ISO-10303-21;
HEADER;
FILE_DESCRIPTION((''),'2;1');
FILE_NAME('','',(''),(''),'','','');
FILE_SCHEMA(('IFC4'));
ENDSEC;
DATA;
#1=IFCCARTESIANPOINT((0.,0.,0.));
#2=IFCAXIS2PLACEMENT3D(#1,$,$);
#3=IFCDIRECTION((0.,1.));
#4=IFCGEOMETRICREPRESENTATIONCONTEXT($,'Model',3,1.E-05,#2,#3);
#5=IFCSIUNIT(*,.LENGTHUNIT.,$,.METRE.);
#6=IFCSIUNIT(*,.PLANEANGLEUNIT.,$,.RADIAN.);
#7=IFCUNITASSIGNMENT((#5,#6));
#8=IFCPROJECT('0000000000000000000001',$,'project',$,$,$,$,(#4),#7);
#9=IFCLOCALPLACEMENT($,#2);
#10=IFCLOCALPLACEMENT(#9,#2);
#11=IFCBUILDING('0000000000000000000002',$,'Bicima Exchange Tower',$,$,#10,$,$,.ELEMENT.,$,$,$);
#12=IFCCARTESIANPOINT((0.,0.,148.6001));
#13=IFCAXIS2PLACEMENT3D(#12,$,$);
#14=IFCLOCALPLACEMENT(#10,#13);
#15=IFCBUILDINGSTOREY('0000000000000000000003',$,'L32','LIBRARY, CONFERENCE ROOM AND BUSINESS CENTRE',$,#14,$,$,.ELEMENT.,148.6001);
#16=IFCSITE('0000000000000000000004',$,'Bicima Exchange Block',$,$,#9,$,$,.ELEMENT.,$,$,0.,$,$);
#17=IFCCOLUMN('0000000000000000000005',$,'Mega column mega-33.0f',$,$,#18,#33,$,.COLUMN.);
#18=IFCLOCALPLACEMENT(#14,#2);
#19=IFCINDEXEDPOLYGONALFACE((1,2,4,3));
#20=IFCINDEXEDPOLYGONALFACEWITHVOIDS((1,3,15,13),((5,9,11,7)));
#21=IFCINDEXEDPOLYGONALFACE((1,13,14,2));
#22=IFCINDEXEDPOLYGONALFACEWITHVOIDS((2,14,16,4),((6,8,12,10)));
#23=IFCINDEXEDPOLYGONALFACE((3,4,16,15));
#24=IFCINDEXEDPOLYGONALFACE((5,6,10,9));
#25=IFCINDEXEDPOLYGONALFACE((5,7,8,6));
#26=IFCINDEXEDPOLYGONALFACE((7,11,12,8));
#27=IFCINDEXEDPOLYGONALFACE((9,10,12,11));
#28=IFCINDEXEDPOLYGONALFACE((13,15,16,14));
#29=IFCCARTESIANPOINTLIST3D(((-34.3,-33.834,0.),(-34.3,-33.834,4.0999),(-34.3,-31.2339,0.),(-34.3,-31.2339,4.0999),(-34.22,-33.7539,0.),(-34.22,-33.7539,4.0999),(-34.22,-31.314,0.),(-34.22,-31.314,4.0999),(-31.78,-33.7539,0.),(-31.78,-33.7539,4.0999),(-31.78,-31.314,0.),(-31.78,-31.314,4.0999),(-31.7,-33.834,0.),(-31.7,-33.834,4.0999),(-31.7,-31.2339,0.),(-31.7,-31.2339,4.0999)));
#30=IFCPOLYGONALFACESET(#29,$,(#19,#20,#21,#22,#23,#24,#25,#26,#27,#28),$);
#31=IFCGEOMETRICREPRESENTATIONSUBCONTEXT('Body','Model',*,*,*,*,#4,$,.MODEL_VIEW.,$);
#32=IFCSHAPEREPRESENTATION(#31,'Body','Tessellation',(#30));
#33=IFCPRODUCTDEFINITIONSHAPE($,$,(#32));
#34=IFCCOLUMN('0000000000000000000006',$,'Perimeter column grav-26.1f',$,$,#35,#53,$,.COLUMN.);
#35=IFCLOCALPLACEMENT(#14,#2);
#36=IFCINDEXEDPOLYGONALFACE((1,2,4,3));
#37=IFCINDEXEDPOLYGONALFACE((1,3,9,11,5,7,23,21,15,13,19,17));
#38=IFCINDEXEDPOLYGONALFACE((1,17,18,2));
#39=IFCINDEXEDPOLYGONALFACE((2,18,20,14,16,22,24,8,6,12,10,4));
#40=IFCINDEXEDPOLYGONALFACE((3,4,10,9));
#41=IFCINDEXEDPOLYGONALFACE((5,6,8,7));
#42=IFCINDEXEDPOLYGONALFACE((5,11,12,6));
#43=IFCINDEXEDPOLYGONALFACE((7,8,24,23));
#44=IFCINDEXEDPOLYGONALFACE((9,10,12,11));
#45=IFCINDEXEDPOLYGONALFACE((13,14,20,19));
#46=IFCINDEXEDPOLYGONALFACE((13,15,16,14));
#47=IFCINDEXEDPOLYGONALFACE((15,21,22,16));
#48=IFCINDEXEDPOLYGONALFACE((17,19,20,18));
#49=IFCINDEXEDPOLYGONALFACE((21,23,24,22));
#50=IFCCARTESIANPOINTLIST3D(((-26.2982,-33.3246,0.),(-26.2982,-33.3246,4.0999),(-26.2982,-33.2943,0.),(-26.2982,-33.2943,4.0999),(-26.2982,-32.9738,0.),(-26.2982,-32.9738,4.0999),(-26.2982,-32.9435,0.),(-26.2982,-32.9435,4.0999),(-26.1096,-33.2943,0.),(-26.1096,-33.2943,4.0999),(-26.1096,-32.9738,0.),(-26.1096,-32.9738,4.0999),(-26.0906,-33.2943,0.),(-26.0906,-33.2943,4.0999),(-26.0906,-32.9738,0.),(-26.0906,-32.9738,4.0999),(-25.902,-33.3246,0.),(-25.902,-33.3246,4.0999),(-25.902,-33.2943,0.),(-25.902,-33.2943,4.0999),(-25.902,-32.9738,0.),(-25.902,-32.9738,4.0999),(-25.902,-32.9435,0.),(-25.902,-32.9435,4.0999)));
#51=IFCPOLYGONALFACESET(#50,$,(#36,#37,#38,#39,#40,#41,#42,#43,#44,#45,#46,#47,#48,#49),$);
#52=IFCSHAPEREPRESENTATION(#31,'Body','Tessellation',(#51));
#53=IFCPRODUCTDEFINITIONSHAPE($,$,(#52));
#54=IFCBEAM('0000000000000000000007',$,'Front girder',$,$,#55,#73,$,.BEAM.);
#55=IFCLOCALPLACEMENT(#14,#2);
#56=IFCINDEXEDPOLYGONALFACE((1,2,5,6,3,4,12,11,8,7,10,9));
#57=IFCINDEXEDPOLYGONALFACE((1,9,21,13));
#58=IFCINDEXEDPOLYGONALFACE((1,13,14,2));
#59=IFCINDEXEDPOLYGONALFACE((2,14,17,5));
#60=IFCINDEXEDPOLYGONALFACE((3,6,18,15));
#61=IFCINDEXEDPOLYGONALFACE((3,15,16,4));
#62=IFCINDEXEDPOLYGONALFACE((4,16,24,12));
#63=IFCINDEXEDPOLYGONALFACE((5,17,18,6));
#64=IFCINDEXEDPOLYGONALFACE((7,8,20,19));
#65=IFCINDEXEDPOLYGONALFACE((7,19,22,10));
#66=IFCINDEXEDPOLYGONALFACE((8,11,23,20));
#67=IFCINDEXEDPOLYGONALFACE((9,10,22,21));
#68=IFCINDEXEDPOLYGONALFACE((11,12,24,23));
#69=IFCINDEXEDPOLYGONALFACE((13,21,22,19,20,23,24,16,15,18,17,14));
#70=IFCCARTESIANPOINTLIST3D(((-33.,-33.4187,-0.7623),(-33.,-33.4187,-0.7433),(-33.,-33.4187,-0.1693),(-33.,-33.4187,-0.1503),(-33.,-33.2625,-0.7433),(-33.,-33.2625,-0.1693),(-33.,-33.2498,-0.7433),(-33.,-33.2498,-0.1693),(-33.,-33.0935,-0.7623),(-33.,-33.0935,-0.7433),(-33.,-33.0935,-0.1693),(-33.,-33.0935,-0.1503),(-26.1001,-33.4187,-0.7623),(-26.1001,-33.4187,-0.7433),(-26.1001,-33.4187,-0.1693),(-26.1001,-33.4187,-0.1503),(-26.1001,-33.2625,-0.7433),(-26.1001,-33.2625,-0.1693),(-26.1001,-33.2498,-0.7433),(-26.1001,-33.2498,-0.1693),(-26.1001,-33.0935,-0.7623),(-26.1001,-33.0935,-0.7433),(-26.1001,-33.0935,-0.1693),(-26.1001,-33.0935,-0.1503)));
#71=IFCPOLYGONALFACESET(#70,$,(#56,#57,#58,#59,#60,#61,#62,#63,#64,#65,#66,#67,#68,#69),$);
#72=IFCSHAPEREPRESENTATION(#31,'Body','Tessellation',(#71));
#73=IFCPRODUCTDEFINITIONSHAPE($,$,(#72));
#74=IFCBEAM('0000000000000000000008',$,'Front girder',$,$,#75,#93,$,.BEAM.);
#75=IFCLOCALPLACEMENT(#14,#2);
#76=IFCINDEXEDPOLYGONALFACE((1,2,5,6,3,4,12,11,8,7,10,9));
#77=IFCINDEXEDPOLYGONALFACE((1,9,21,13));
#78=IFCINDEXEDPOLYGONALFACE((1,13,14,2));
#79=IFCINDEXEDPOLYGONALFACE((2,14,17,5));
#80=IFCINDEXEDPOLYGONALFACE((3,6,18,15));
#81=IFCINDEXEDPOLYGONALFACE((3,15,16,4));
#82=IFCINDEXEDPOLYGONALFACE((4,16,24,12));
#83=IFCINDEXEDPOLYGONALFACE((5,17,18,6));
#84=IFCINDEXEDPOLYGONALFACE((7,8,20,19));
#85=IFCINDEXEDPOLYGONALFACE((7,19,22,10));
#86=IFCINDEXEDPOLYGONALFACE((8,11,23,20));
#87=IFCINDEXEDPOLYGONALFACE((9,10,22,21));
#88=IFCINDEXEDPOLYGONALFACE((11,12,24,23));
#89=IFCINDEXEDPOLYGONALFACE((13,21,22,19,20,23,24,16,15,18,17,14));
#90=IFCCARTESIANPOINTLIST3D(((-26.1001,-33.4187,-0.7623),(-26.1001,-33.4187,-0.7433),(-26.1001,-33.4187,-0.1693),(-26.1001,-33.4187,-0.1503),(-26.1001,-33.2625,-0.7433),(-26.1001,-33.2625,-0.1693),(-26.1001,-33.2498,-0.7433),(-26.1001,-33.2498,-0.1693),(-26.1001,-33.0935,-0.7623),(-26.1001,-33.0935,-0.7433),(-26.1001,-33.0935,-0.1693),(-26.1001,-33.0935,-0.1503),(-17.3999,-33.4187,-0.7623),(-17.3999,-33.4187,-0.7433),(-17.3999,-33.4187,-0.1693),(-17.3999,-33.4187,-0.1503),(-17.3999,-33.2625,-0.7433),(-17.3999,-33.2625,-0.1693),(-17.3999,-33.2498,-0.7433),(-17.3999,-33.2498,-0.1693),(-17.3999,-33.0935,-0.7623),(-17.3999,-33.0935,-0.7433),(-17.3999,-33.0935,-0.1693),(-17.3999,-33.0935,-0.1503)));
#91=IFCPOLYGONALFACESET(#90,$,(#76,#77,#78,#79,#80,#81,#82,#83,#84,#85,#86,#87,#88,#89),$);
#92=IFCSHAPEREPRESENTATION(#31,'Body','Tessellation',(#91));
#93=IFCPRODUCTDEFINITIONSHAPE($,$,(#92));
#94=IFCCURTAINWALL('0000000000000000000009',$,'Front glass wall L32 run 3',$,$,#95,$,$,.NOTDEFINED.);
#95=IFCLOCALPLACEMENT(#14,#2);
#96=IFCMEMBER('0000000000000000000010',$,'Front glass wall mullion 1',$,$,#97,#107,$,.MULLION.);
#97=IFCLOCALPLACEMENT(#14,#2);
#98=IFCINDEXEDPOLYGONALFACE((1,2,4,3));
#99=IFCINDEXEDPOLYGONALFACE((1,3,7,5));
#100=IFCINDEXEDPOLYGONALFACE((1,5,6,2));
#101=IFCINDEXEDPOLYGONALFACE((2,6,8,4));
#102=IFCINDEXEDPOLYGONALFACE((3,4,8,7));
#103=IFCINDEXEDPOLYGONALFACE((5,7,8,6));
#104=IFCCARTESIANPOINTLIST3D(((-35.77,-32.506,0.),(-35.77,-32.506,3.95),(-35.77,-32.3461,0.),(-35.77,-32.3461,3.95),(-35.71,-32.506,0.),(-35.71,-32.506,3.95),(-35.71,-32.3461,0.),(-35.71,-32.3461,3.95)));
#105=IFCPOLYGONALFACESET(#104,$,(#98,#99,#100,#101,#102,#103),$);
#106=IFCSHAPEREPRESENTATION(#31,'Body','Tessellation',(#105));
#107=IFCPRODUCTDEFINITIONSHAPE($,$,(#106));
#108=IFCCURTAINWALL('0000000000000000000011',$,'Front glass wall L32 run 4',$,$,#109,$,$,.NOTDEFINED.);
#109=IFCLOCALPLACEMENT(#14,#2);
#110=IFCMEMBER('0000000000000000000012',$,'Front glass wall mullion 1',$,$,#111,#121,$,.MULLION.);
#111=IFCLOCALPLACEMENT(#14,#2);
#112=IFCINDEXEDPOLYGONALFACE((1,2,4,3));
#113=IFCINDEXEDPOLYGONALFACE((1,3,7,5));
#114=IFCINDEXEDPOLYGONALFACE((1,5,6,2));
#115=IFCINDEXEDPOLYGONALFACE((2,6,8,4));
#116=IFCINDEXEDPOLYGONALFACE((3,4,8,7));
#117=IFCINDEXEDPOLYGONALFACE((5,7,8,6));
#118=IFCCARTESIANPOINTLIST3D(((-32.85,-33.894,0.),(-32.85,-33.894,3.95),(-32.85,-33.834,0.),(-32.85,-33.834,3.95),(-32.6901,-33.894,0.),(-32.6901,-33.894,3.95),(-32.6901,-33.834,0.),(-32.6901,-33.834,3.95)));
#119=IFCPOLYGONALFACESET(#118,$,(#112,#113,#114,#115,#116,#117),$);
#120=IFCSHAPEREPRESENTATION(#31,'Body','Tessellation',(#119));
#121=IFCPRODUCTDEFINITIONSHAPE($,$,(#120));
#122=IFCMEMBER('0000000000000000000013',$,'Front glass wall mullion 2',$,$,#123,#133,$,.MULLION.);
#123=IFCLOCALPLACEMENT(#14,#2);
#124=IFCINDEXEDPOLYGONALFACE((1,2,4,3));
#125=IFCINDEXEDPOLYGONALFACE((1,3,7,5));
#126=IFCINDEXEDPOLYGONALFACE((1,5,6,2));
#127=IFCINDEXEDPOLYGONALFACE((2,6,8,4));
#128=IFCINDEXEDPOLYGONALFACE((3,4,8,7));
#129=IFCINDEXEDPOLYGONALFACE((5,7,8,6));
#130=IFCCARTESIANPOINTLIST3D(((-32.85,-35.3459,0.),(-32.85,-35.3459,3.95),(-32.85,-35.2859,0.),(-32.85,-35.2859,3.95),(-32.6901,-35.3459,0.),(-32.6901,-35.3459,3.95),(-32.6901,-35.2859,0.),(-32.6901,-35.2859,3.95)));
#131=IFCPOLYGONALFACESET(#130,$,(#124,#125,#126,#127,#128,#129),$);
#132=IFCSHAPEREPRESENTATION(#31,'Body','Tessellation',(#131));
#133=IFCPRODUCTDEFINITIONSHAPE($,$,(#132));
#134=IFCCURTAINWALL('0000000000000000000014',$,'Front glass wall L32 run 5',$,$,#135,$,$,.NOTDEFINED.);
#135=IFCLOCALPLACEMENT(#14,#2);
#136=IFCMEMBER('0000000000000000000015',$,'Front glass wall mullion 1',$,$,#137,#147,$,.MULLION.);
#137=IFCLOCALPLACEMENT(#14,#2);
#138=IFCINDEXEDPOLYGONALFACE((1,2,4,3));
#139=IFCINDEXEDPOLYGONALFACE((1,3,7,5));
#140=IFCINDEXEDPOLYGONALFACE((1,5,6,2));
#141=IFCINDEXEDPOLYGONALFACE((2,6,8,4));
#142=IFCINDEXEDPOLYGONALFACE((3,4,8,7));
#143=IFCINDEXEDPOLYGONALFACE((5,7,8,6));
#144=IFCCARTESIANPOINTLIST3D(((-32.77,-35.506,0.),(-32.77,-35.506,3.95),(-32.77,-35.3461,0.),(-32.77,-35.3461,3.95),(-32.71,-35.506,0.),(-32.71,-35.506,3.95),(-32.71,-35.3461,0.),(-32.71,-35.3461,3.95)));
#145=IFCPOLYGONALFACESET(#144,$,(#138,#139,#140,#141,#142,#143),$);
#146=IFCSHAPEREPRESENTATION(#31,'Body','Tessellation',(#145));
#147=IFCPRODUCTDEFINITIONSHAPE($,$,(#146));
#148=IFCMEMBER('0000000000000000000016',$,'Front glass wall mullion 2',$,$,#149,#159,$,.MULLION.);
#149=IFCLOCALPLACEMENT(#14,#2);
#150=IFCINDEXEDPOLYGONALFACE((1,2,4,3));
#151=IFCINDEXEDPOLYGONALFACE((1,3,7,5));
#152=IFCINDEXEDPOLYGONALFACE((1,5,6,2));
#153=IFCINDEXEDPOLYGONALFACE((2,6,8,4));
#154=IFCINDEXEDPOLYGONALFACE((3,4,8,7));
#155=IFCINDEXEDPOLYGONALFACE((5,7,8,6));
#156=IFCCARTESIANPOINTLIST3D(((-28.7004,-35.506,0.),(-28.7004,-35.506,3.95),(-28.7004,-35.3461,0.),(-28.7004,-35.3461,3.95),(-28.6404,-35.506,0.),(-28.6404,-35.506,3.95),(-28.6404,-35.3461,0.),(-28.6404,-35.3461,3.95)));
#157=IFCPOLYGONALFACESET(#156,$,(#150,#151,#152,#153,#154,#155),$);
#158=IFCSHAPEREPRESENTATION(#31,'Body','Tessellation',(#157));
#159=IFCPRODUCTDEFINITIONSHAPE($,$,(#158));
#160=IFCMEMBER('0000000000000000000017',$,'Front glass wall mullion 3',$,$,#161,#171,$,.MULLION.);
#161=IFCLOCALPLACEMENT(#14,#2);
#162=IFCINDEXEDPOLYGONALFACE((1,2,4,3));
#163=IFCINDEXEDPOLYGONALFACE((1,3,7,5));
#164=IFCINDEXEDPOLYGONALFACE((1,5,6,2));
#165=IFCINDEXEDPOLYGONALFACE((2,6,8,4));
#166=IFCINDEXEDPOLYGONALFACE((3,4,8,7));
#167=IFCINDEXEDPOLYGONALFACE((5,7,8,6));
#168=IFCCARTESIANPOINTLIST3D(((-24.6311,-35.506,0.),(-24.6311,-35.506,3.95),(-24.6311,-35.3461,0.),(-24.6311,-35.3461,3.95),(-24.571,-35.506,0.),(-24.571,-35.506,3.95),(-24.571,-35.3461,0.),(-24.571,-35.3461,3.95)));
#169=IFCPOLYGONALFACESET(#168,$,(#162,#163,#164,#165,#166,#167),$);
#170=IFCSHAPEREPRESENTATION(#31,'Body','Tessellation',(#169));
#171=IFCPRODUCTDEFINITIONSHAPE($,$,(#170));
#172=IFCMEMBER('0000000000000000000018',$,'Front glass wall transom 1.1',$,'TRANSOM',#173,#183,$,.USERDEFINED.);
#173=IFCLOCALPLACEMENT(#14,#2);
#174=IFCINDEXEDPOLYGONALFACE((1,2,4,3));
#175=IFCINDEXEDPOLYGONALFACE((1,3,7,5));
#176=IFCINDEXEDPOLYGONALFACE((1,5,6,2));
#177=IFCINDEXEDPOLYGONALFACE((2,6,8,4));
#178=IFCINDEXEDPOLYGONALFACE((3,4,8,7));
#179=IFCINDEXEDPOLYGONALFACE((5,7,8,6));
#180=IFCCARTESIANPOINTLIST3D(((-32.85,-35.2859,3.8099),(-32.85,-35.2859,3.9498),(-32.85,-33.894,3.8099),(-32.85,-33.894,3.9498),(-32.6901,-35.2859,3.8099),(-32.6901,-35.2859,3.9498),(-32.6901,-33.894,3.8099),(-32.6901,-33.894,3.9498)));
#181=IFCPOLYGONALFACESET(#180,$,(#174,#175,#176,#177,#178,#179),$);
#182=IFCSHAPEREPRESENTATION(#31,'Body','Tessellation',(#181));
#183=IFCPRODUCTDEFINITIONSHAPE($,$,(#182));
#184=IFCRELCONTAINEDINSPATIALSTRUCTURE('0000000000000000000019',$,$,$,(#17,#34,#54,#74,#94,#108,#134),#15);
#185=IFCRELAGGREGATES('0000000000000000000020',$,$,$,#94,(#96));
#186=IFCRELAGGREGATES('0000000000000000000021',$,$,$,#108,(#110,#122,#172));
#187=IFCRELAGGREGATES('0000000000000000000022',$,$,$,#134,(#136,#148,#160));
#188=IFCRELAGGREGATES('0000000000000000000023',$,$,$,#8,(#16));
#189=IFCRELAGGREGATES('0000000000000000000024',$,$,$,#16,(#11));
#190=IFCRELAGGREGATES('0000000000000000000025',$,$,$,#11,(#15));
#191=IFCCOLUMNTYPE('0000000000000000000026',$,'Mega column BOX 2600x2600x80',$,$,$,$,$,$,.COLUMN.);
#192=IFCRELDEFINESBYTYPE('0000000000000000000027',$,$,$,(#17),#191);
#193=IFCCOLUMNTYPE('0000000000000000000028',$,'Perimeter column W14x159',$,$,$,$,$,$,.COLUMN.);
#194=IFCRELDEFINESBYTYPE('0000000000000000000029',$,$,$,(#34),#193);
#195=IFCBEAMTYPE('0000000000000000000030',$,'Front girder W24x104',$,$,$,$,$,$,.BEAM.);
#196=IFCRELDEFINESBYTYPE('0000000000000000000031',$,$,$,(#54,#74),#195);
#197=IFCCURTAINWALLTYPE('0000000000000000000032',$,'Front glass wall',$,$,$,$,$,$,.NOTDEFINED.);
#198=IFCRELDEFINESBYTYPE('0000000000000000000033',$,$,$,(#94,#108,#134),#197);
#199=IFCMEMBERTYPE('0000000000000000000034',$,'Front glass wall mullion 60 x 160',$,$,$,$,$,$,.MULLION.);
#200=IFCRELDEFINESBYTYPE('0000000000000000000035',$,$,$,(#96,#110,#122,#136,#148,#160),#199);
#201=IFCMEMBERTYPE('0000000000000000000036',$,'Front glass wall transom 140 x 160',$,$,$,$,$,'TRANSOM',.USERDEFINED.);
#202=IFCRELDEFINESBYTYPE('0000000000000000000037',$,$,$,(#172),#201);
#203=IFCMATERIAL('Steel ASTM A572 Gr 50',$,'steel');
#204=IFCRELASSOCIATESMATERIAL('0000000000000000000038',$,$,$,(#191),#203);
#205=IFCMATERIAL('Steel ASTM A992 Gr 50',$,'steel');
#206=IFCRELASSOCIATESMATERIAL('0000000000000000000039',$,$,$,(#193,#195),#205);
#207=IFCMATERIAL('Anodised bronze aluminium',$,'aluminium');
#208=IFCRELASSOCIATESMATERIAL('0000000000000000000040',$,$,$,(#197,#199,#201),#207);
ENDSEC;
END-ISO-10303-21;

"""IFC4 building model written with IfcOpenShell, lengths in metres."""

from ifc_helpers import new_model, si_unit, direction, frame, origin, origin_2d, place, context, subcontext, project, spatial, rectangle, hollow_rectangle, i_section, extrude, material, material_profile, profile_set, type_object, element, aggregate, save


model = new_model("IFC4")

# Units and contexts
model_context = context("Model", 3, precision=1e-05, world=origin(), true_north=direction((0.0, 1.0)))
body_context = subcontext(model_context, "Body", "Model", "MODEL_VIEW")
ifc_project = project(units=[si_unit("LENGTHUNIT", "METRE"), si_unit("PLANEANGLEUNIT", "RADIAN")], contexts=[model_context])

# Site, building, storey
site_placement = place(None, origin())
site = spatial("IfcSite", under=ifc_project, at=site_placement, Name="Bicima Exchange Block", CompositionType="ELEMENT", RefElevation=0.0)
building_placement = place(site_placement, origin())
building = spatial("IfcBuilding", under=site, at=building_placement, Name="Bicima Exchange Tower", CompositionType="ELEMENT")
storey_placement = place(building_placement, frame((0.0, 0.0, 148.6001)))
storey = spatial("IfcBuildingStorey", under=building, at=storey_placement, Name="L32", Description="LIBRARY, CONFERENCE ROOM AND BUSINESS CENTRE", CompositionType="ELEMENT", Elevation=148.6001)

# Columns
ifc_material_1 = material(Name="Steel ASTM A572 Gr 50", Category="steel")
ifc_material_profile_1 = material_profile(ifc_material_1, hollow_rectangle(XDim=2.6001, YDim=2.6001, WallThickness=0.0801, at=origin_2d()))
ifc_profile_set_1 = profile_set([ifc_material_profile_1], Name="Steel ASTM A572 Gr 50")
column_type_1 = type_object("IfcColumnType", Name="Mega column BOX 2600x2600x80", PredefinedType="COLUMN", material=ifc_profile_set_1)
column_1_placement = place(storey_placement, frame((-33.0, -32.5339, 0.0), z_axis=(0.0, 0.0, 1.0), x_axis=(1.0, 0.0, 0.0)))
element("IfcColumn", 1, at=column_1_placement, inside=storey, type_object=column_type_1, Name="Mega column mega-33.0f", PredefinedType="COLUMN", context=body_context, shape_type="SweptSolid", body=[
    extrude(hollow_rectangle(XDim=2.6001, YDim=2.6001, WallThickness=0.0801, at=origin_2d()), origin(), (0.0, 0.0, 1.0), 4.0999),
])
ifc_material_2 = material(Name="Steel ASTM A992 Gr 50", Category="steel")
ifc_material_profile_2 = material_profile(ifc_material_2, i_section(OverallWidth=0.3962, OverallDepth=0.3811, WebThickness=0.019, FlangeThickness=0.0303, at=origin_2d()))
ifc_profile_set_2 = profile_set([ifc_material_profile_2], Name="Steel ASTM A992 Gr 50")
column_type_2 = type_object("IfcColumnType", Name="Perimeter column W14x159", PredefinedType="COLUMN", material=ifc_profile_set_2)
column_2_placement = place(storey_placement, frame((-26.1001, -33.134, 0.0), z_axis=(0.0, 0.0, 1.0), x_axis=(1.0, 0.0, 0.0)))
element("IfcColumn", 2, at=column_2_placement, inside=storey, type_object=column_type_2, Name="Perimeter column grav-26.1f", PredefinedType="COLUMN", context=body_context, shape_type="SweptSolid", body=[
    extrude(i_section(OverallWidth=0.3962, OverallDepth=0.3811, WebThickness=0.019, FlangeThickness=0.0303, at=origin_2d()), origin(), (0.0, 0.0, 1.0), 4.0999),
])

# Beams
ifc_material_profile_3 = material_profile(ifc_material_2, i_section(OverallWidth=0.3252, OverallDepth=0.6121, WebThickness=0.0127, FlangeThickness=0.019, at=origin_2d()))
ifc_profile_set_3 = profile_set([ifc_material_profile_3], Name="Steel ASTM A992 Gr 50")
beam_type = type_object("IfcBeamType", Name="Front girder W24x104", PredefinedType="BEAM", material=ifc_profile_set_3)
beam_1_placement = place(storey_placement, frame((-33.0, -33.2561, -0.4563), z_axis=(1.0, 0.0, 0.0), x_axis=(0.0, 1.0, 0.0)))
element("IfcBeam", 3, at=beam_1_placement, inside=storey, type_object=beam_type, Name="Front girder", PredefinedType="BEAM", context=body_context, shape_type="SweptSolid", body=[
    extrude(i_section(OverallWidth=0.3252, OverallDepth=0.6121, WebThickness=0.0127, FlangeThickness=0.019, at=origin_2d()), origin(), (0.0, 0.0, 1.0), 6.8999),
])
beam_2_placement = place(storey_placement, frame((-26.1001, -33.2561, -0.4563), z_axis=(1.0, 0.0, 0.0), x_axis=(0.0, 1.0, 0.0)))
element("IfcBeam", 4, at=beam_2_placement, inside=storey, type_object=beam_type, Name="Front girder", PredefinedType="BEAM", context=body_context, shape_type="SweptSolid", body=[
    extrude(i_section(OverallWidth=0.3252, OverallDepth=0.6121, WebThickness=0.0127, FlangeThickness=0.019, at=origin_2d()), origin(), (0.0, 0.0, 1.0), 8.7002),
])

# Curtain wall, member
ifc_material_3 = material(Name="Anodised bronze aluminium", Category="aluminium")
curtain_wall_type = type_object("IfcCurtainWallType", Name="Front glass wall", PredefinedType="NOTDEFINED", material=ifc_material_3)
curtain_wall_1_placement = place(storey_placement, origin())
curtain_wall_1 = element("IfcCurtainWall", 5, at=curtain_wall_1_placement, inside=storey, type_object=curtain_wall_type, Name="Front glass wall L32 run 3", PredefinedType="NOTDEFINED")
ifc_material_profile_4 = material_profile(ifc_material_3, rectangle(XDim=0.1599, YDim=0.0601, at=origin_2d()))
ifc_profile_set_4 = profile_set([ifc_material_profile_4], Name="Anodised bronze aluminium")
member_type_1 = type_object("IfcMemberType", Name="Front glass wall mullion 60 x 160", PredefinedType="MULLION", material=ifc_profile_set_4)
member_1_placement = place(storey_placement, frame((-35.74, -32.426, 0.0), z_axis=(0.0, 0.0, 1.0), x_axis=(0.0, 1.0, 0.0)))
member_1 = element("IfcMember", 6, at=member_1_placement, type_object=member_type_1, Name="Front glass wall mullion 1", PredefinedType="MULLION", context=body_context, shape_type="SweptSolid", body=[
    extrude(rectangle(XDim=0.1599, YDim=0.0601, at=origin_2d()), origin(), (0.0, 0.0, 1.0), 3.95),
])
aggregate(curtain_wall_1, [member_1])

# Curtain walls, members
curtain_wall_2_placement = place(storey_placement, origin())
curtain_wall_2 = element("IfcCurtainWall", 7, at=curtain_wall_2_placement, inside=storey, type_object=curtain_wall_type, Name="Front glass wall L32 run 4", PredefinedType="NOTDEFINED")
member_2_placement = place(storey_placement, frame((-32.77, -33.864, 0.0), z_axis=(0.0, 0.0, 1.0), x_axis=(1.0, 0.0, 0.0)))
member_2 = element("IfcMember", 8, at=member_2_placement, type_object=member_type_1, Name="Front glass wall mullion 1", PredefinedType="MULLION", context=body_context, shape_type="SweptSolid", body=[
    extrude(rectangle(XDim=0.1599, YDim=0.0601, at=origin_2d()), origin(), (0.0, 0.0, 1.0), 3.95),
])
member_3_placement = place(storey_placement, frame((-32.77, -35.3159, 0.0), z_axis=(0.0, 0.0, 1.0), x_axis=(1.0, 0.0, 0.0)))
member_3 = element("IfcMember", 9, at=member_3_placement, type_object=member_type_1, Name="Front glass wall mullion 2", PredefinedType="MULLION", context=body_context, shape_type="SweptSolid", body=[
    extrude(rectangle(XDim=0.1599, YDim=0.0601, at=origin_2d()), origin(), (0.0, 0.0, 1.0), 3.95),
])
curtain_wall_3_placement = place(storey_placement, origin())
curtain_wall_3 = element("IfcCurtainWall", 10, at=curtain_wall_3_placement, inside=storey, type_object=curtain_wall_type, Name="Front glass wall L32 run 5", PredefinedType="NOTDEFINED")
member_4_placement = place(storey_placement, frame((-32.74, -35.426, 0.0), z_axis=(0.0, 0.0, 1.0), x_axis=(0.0, 1.0, 0.0)))
member_4 = element("IfcMember", 11, at=member_4_placement, type_object=member_type_1, Name="Front glass wall mullion 1", PredefinedType="MULLION", context=body_context, shape_type="SweptSolid", body=[
    extrude(rectangle(XDim=0.1599, YDim=0.0601, at=origin_2d()), origin(), (0.0, 0.0, 1.0), 3.95),
])
member_5_placement = place(storey_placement, frame((-28.6704, -35.426, 0.0), z_axis=(0.0, 0.0, 1.0), x_axis=(0.0, 1.0, 0.0)))
member_5 = element("IfcMember", 12, at=member_5_placement, type_object=member_type_1, Name="Front glass wall mullion 2", PredefinedType="MULLION", context=body_context, shape_type="SweptSolid", body=[
    extrude(rectangle(XDim=0.1599, YDim=0.0601, at=origin_2d()), origin(), (0.0, 0.0, 1.0), 3.95),
])
member_6_placement = place(storey_placement, frame((-24.6011, -35.426, 0.0), z_axis=(0.0, 0.0, 1.0), x_axis=(0.0, 1.0, 0.0)))
member_6 = element("IfcMember", 13, at=member_6_placement, type_object=member_type_1, Name="Front glass wall mullion 3", PredefinedType="MULLION", context=body_context, shape_type="SweptSolid", body=[
    extrude(rectangle(XDim=0.1599, YDim=0.0601, at=origin_2d()), origin(), (0.0, 0.0, 1.0), 3.95),
])

# Member
ifc_material_profile_5 = material_profile(ifc_material_3, rectangle(XDim=0.1599, YDim=0.1399, at=origin_2d()))
ifc_profile_set_5 = profile_set([ifc_material_profile_5], Name="Anodised bronze aluminium")
member_type_2 = type_object("IfcMemberType", Name="Front glass wall transom 140 x 160", ElementType="TRANSOM", PredefinedType="USERDEFINED", material=ifc_profile_set_5)
member_7_placement = place(storey_placement, frame((-32.77, -33.894, 3.8799), z_axis=(0.0, -1.0, 0.0), x_axis=(1.0, 0.0, 0.0)))
member_7 = element("IfcMember", 14, at=member_7_placement, type_object=member_type_2, Name="Front glass wall transom 1.1", ObjectType="TRANSOM", PredefinedType="USERDEFINED", context=body_context, shape_type="SweptSolid", body=[
    extrude(rectangle(XDim=0.1599, YDim=0.1399, at=origin_2d()), origin(), (0.0, 0.0, 1.0), 1.3918),
])

aggregate(curtain_wall_2, [member_2, member_3, member_7])
aggregate(curtain_wall_3, [member_4, member_5, member_6])

save(model, "model.ifc")
